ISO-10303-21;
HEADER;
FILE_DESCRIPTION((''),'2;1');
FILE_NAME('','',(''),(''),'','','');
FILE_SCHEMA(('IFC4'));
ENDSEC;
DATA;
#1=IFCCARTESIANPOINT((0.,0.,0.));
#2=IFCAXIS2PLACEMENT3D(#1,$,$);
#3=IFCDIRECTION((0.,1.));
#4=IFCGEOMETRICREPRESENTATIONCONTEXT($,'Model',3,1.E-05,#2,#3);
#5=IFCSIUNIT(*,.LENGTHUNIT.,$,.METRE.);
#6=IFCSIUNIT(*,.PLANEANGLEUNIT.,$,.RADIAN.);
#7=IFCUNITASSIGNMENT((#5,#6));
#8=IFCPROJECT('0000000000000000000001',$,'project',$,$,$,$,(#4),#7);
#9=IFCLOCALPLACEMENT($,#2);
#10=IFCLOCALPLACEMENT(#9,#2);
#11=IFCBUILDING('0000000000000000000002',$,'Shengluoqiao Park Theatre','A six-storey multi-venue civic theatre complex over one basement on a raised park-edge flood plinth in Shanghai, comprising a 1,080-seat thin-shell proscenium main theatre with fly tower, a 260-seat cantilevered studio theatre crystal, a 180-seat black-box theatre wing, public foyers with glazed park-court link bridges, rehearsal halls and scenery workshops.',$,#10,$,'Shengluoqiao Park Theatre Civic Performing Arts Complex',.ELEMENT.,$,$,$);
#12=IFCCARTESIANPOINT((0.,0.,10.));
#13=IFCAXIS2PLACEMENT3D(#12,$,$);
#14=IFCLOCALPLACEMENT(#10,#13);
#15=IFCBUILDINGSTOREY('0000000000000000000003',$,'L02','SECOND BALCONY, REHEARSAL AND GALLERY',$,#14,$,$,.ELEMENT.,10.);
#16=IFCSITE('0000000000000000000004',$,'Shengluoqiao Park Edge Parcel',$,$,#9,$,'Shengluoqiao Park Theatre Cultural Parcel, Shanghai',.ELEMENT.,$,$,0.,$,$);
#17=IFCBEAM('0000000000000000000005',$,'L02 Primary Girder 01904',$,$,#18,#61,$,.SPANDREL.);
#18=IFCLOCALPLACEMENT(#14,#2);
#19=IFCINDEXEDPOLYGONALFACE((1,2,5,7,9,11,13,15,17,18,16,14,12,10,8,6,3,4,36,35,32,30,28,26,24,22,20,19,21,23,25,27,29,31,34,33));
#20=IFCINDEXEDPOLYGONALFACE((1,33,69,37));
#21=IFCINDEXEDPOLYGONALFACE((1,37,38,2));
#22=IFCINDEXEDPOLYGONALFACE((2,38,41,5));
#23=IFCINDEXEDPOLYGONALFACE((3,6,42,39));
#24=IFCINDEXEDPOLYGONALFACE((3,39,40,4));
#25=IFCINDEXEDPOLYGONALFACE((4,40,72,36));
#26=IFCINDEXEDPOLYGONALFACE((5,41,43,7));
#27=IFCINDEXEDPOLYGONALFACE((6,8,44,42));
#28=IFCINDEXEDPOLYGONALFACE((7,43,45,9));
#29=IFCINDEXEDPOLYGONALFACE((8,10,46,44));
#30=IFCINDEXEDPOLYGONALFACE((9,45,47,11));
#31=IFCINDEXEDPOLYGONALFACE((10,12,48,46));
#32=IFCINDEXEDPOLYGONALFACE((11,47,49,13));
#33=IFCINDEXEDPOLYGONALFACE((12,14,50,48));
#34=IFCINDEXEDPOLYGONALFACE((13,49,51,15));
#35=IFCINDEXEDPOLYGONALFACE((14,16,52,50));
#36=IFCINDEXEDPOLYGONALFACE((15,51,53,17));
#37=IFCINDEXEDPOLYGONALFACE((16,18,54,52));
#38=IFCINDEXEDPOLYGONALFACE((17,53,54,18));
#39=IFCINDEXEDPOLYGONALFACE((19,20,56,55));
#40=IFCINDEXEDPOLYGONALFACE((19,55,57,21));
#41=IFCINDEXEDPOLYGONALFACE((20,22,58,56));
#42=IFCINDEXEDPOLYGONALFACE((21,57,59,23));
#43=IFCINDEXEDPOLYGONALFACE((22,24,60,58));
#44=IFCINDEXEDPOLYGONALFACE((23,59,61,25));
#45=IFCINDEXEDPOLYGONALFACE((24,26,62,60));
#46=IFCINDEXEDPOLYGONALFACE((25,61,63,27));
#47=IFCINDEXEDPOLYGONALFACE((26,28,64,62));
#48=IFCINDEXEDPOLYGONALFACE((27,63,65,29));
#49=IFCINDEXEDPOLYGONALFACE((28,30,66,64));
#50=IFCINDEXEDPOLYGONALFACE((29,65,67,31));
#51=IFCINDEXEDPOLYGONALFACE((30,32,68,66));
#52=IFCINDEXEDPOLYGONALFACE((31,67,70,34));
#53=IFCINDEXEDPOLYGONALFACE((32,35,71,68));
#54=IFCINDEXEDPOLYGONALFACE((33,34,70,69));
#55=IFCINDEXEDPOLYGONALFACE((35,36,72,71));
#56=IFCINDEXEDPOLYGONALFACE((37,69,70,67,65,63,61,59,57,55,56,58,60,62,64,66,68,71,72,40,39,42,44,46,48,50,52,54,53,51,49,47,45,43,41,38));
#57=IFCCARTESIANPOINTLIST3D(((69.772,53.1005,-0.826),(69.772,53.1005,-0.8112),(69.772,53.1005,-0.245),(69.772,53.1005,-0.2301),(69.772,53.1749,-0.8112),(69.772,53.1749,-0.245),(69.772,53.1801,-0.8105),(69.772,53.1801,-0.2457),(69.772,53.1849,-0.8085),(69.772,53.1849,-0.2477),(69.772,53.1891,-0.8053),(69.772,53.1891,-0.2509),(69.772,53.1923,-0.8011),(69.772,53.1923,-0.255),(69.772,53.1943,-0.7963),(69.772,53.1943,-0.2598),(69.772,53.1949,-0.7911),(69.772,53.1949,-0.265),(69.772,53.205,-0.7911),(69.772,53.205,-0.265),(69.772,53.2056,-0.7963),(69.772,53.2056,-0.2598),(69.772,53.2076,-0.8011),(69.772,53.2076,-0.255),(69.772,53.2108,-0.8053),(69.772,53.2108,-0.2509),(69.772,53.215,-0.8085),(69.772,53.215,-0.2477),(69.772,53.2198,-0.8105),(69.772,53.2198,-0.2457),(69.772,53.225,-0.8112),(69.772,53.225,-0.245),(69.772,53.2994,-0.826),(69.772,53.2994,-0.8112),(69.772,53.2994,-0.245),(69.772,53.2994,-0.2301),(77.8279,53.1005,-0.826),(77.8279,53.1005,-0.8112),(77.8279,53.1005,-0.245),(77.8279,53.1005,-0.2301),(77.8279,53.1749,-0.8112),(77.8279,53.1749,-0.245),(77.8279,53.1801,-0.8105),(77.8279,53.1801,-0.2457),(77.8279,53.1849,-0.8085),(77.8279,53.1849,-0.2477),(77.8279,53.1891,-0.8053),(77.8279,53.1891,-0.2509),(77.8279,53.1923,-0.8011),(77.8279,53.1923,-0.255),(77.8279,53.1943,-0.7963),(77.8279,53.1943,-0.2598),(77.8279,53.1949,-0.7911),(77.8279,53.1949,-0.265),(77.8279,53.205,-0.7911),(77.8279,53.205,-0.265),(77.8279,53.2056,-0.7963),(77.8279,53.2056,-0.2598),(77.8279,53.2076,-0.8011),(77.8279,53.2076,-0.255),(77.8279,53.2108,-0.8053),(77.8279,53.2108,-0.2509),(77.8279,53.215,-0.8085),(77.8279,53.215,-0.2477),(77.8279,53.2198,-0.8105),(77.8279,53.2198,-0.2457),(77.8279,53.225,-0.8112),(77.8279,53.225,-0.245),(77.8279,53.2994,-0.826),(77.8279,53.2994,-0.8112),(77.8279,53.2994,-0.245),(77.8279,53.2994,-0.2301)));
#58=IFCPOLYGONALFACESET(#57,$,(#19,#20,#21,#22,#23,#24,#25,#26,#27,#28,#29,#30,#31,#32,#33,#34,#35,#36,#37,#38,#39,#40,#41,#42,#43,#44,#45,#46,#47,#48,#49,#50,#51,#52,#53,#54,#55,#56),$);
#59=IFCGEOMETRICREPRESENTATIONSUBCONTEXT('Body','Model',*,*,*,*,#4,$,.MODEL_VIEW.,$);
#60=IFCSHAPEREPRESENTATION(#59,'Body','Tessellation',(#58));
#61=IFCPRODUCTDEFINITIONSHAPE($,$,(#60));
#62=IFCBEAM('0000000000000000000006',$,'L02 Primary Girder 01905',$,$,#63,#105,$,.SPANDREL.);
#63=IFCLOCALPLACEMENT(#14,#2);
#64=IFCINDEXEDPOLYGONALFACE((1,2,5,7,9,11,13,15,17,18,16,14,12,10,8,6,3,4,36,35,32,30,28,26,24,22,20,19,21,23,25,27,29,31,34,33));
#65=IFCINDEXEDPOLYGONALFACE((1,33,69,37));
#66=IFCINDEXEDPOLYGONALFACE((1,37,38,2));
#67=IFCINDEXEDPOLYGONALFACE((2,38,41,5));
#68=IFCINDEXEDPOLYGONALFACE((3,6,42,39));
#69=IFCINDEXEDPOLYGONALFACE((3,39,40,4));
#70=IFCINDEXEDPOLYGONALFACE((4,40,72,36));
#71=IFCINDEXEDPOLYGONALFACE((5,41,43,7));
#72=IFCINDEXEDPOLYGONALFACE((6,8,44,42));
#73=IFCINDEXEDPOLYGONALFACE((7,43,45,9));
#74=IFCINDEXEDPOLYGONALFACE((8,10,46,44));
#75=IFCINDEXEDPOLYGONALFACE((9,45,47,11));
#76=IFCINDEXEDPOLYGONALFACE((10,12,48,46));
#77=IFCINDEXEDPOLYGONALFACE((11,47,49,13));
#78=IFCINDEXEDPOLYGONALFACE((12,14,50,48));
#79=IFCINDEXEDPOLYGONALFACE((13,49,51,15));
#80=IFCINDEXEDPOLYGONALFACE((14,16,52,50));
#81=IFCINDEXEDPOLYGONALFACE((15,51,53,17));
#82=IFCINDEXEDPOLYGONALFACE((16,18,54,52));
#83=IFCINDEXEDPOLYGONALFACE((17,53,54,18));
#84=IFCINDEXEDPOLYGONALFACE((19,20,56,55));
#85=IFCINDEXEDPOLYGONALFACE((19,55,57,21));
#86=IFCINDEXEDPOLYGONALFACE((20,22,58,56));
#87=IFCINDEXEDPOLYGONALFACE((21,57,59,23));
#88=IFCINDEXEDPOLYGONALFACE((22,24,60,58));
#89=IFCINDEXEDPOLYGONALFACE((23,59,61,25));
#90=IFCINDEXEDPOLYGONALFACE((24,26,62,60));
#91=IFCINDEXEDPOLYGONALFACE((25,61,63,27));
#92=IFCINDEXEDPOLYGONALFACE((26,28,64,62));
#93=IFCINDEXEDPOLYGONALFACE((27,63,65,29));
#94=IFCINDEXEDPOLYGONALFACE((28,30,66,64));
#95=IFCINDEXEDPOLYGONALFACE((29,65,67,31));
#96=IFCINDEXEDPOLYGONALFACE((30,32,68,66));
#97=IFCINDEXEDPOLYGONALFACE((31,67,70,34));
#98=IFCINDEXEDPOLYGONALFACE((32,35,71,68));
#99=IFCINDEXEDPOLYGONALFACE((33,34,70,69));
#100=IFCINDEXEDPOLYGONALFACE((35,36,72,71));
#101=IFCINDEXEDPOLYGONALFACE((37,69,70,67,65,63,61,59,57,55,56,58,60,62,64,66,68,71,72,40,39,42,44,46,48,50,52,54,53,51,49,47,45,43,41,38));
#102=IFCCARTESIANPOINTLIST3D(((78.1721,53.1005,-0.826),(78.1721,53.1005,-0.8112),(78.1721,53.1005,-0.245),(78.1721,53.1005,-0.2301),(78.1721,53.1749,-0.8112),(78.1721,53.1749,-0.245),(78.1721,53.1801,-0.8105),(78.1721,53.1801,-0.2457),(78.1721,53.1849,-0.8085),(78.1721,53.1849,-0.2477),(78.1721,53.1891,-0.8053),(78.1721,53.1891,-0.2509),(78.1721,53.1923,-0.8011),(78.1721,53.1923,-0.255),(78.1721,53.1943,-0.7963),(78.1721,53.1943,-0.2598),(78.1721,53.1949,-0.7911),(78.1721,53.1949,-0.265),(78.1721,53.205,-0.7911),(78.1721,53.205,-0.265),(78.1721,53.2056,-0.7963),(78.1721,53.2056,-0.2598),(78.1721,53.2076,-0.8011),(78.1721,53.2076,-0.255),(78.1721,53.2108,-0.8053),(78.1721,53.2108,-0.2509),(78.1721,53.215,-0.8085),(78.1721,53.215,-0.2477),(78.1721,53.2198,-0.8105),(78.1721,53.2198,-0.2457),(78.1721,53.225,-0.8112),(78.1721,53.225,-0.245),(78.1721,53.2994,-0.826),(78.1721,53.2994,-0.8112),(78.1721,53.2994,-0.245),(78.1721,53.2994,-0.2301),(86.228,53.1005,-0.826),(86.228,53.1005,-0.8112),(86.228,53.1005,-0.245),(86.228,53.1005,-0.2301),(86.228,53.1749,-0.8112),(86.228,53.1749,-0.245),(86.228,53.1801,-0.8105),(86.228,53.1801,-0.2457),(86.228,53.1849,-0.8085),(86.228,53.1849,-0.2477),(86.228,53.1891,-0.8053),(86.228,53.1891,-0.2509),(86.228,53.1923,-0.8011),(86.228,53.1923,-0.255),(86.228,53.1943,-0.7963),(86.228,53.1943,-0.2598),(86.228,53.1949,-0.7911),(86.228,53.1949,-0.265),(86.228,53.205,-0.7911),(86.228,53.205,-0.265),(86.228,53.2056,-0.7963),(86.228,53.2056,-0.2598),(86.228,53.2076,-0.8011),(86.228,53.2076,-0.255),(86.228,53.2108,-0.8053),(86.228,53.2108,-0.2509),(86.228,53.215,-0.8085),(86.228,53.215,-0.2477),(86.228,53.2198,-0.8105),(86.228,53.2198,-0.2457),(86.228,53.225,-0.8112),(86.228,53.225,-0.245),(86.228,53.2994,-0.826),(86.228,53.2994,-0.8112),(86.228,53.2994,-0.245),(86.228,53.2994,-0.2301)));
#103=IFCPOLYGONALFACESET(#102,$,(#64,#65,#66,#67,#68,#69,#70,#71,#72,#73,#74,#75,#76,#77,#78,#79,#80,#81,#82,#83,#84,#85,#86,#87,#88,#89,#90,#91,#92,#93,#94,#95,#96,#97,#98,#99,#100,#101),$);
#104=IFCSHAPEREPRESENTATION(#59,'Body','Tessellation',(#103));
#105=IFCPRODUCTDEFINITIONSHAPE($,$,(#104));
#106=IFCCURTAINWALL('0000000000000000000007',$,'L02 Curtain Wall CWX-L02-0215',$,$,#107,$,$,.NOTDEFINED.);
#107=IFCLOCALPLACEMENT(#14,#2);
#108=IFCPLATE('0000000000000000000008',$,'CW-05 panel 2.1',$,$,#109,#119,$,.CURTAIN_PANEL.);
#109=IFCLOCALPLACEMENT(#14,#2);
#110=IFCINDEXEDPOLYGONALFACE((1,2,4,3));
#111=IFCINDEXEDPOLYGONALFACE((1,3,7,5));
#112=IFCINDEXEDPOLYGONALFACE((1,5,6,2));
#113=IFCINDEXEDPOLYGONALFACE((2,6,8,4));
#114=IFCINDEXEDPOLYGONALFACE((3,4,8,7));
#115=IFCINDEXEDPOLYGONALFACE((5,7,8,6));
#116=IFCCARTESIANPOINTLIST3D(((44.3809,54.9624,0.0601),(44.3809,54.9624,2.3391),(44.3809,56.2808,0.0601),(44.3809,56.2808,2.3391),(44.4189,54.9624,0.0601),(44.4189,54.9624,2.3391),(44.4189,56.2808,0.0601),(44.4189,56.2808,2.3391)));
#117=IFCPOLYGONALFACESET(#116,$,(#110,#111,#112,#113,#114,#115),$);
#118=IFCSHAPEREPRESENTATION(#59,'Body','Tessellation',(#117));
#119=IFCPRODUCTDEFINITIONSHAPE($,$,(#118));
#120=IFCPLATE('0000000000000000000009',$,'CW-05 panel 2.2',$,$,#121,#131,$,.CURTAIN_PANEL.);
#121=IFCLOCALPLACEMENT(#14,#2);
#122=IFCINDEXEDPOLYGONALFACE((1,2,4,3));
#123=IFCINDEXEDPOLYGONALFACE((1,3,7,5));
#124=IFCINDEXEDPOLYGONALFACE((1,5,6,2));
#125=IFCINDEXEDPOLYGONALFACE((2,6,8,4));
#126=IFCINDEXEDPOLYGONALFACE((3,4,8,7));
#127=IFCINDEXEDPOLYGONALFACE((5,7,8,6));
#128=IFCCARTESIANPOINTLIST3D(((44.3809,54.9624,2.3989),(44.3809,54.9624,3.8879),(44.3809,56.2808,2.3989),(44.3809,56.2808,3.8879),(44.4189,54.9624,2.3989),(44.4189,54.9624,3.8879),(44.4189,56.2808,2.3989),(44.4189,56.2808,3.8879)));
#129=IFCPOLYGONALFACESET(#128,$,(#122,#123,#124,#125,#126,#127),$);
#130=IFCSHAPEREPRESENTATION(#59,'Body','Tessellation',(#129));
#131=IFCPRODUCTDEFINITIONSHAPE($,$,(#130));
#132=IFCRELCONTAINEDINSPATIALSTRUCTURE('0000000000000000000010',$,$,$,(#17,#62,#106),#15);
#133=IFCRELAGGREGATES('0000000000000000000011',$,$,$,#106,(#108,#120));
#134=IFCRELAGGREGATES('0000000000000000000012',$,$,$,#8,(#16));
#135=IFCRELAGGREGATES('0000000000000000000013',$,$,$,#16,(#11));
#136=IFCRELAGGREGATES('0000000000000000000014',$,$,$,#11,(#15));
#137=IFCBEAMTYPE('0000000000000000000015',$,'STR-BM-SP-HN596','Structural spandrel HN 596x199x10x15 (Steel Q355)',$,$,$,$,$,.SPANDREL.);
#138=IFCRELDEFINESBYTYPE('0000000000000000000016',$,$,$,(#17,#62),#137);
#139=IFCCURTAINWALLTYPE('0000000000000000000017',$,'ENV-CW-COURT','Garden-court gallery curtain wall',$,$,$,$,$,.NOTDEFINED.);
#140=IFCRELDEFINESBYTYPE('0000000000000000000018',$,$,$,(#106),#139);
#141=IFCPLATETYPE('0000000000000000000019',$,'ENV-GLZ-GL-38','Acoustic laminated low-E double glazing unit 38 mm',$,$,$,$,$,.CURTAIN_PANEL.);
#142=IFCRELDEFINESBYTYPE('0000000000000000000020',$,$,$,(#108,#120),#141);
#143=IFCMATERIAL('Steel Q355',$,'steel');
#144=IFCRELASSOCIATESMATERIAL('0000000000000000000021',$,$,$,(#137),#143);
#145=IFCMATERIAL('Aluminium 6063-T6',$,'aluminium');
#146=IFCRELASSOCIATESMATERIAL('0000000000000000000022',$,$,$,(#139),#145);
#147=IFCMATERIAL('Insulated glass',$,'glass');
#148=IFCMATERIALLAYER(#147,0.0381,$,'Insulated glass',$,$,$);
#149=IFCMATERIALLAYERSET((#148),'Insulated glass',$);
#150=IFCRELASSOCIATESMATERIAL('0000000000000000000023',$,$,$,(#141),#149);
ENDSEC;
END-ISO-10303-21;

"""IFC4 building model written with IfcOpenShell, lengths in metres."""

from ifc_helpers import new_model, si_unit, direction, frame, origin, origin_2d, place, context, subcontext, project, spatial, rectangle, i_section, extrude, material, layer, layer_set, material_profile, profile_set, type_object, element, aggregate, save


model = new_model("IFC4")

# Units and contexts
model_context = context("Model", 3, precision=1e-05, world=origin(), true_north=direction((0.0, 1.0)))
body_context = subcontext(model_context, "Body", "Model", "MODEL_VIEW")
ifc_project = project(units=[si_unit("LENGTHUNIT", "METRE"), si_unit("PLANEANGLEUNIT", "RADIAN")], contexts=[model_context])

# Site, building, storey
site_placement = place(None, origin())
site = spatial("IfcSite", under=ifc_project, at=site_placement, Name="Shengluoqiao Park Edge Parcel", LongName="Shengluoqiao Park Theatre Cultural Parcel, Shanghai", CompositionType="ELEMENT", RefElevation=0.0)
building_placement = place(site_placement, origin())
building = spatial("IfcBuilding", under=site, at=building_placement, Name="Shengluoqiao Park Theatre", Description="A six-storey multi-venue civic theatre complex over one basement on a raised park-edge flood plinth in Shanghai, comprising a 1,080-seat thin-shell proscenium main theatre with fly tower, a 260-seat cantilevered studio theatre crystal, a 180-seat black-box theatre wing, public foyers with glazed park-court link bridges, rehearsal halls and scenery workshops.", LongName="Shengluoqiao Park Theatre Civic Performing Arts Complex", CompositionType="ELEMENT")
storey_placement = place(building_placement, frame((0.0, 0.0, 10.0)))
storey = spatial("IfcBuildingStorey", under=building, at=storey_placement, Name="L02", Description="SECOND BALCONY, REHEARSAL AND GALLERY", CompositionType="ELEMENT", Elevation=10.0)

# Beams
ifc_material_1 = material(Name="Steel Q355", Category="steel")
ifc_material_profile_1 = material_profile(ifc_material_1, i_section(OverallWidth=0.199, OverallDepth=0.5959, WebThickness=0.01, FlangeThickness=0.0149, FilletRadius=0.02, at=origin_2d()), Name="HN 596x199x10x15")
ifc_profile_set_1 = profile_set([ifc_material_profile_1], Name="Steel Q355")
beam_type_1 = type_object("IfcBeamType", Name="STR-BM-SP-HN596", Description="Structural spandrel HN 596x199x10x15 (Steel Q355)", PredefinedType="SPANDREL", material=ifc_profile_set_1)
for number, where, z_axis, x_axis, name in (
    (1, (69.772, 53.2, -0.5281), (1.0, 0.0, 0.0), (0.0, 1.0, 0.0), "L02 Primary Girder 01904"),
    (2, (78.1721, 53.2, -0.5281), (1.0, 0.0, 0.0), (0.0, 1.0, 0.0), "L02 Primary Girder 01905"),
):
    element("IfcBeam", number, at=place(storey_placement, frame(where, z_axis=z_axis, x_axis=x_axis)), inside=storey, type_object=beam_type_1, Name=name, PredefinedType="SPANDREL", context=body_context, shape_type="SweptSolid", body=[
        extrude(i_section(OverallWidth=0.199, OverallDepth=0.5959, WebThickness=0.01, FlangeThickness=0.0149, FilletRadius=0.02, at=origin_2d()), origin(), (0.0, 0.0, 1.0), 8.0559),
    ])

# Curtain wall, plates
ifc_material_2 = material(Name="Aluminium 6063-T6", Category="aluminium")
curtain_wall_type = type_object("IfcCurtainWallType", Name="ENV-CW-COURT", Description="Garden-court gallery curtain wall", PredefinedType="NOTDEFINED", material=ifc_material_2)
curtain_wall_placement = place(storey_placement, origin())
curtain_wall = element("IfcCurtainWall", 3, at=curtain_wall_placement, inside=storey, type_object=curtain_wall_type, Name="L02 Curtain Wall CWX-L02-0215", PredefinedType="NOTDEFINED")
ifc_material_3 = material(Name="Insulated glass", Category="glass")
ifc_layer = layer(ifc_material_3, 0.0381, Name="Insulated glass")
ifc_layer_set = layer_set([ifc_layer], Name="Insulated glass")
plate_type = type_object("IfcPlateType", Name="ENV-GLZ-GL-38", Description="Acoustic laminated low-E double glazing unit 38 mm", PredefinedType="CURTAIN_PANEL", material=ifc_layer_set)
plate_1_placement = place(storey_placement, frame((44.3999, 55.6216, 0.0601), z_axis=(0.0, 0.0, 1.0), x_axis=(0.0, 1.0, 0.0)))
plate_1 = element("IfcPlate", 4, at=plate_1_placement, type_object=plate_type, Name="CW-05 panel 2.1", PredefinedType="CURTAIN_PANEL", context=body_context, shape_type="SweptSolid", body=[
    extrude(rectangle(XDim=1.3184, YDim=0.0381, at=origin_2d()), origin(), (0.0, 0.0, 1.0), 2.2791),
])
plate_2_placement = place(storey_placement, frame((44.3999, 55.6216, 2.3989), z_axis=(0.0, 0.0, 1.0), x_axis=(0.0, 1.0, 0.0)))
plate_2 = element("IfcPlate", 5, at=plate_2_placement, type_object=plate_type, Name="CW-05 panel 2.2", PredefinedType="CURTAIN_PANEL", context=body_context, shape_type="SweptSolid", body=[
    extrude(rectangle(XDim=1.3184, YDim=0.0381, at=origin_2d()), origin(), (0.0, 0.0, 1.0), 1.489),
])
aggregate(curtain_wall, [plate_1, plate_2])

save(model, "model.ifc")
